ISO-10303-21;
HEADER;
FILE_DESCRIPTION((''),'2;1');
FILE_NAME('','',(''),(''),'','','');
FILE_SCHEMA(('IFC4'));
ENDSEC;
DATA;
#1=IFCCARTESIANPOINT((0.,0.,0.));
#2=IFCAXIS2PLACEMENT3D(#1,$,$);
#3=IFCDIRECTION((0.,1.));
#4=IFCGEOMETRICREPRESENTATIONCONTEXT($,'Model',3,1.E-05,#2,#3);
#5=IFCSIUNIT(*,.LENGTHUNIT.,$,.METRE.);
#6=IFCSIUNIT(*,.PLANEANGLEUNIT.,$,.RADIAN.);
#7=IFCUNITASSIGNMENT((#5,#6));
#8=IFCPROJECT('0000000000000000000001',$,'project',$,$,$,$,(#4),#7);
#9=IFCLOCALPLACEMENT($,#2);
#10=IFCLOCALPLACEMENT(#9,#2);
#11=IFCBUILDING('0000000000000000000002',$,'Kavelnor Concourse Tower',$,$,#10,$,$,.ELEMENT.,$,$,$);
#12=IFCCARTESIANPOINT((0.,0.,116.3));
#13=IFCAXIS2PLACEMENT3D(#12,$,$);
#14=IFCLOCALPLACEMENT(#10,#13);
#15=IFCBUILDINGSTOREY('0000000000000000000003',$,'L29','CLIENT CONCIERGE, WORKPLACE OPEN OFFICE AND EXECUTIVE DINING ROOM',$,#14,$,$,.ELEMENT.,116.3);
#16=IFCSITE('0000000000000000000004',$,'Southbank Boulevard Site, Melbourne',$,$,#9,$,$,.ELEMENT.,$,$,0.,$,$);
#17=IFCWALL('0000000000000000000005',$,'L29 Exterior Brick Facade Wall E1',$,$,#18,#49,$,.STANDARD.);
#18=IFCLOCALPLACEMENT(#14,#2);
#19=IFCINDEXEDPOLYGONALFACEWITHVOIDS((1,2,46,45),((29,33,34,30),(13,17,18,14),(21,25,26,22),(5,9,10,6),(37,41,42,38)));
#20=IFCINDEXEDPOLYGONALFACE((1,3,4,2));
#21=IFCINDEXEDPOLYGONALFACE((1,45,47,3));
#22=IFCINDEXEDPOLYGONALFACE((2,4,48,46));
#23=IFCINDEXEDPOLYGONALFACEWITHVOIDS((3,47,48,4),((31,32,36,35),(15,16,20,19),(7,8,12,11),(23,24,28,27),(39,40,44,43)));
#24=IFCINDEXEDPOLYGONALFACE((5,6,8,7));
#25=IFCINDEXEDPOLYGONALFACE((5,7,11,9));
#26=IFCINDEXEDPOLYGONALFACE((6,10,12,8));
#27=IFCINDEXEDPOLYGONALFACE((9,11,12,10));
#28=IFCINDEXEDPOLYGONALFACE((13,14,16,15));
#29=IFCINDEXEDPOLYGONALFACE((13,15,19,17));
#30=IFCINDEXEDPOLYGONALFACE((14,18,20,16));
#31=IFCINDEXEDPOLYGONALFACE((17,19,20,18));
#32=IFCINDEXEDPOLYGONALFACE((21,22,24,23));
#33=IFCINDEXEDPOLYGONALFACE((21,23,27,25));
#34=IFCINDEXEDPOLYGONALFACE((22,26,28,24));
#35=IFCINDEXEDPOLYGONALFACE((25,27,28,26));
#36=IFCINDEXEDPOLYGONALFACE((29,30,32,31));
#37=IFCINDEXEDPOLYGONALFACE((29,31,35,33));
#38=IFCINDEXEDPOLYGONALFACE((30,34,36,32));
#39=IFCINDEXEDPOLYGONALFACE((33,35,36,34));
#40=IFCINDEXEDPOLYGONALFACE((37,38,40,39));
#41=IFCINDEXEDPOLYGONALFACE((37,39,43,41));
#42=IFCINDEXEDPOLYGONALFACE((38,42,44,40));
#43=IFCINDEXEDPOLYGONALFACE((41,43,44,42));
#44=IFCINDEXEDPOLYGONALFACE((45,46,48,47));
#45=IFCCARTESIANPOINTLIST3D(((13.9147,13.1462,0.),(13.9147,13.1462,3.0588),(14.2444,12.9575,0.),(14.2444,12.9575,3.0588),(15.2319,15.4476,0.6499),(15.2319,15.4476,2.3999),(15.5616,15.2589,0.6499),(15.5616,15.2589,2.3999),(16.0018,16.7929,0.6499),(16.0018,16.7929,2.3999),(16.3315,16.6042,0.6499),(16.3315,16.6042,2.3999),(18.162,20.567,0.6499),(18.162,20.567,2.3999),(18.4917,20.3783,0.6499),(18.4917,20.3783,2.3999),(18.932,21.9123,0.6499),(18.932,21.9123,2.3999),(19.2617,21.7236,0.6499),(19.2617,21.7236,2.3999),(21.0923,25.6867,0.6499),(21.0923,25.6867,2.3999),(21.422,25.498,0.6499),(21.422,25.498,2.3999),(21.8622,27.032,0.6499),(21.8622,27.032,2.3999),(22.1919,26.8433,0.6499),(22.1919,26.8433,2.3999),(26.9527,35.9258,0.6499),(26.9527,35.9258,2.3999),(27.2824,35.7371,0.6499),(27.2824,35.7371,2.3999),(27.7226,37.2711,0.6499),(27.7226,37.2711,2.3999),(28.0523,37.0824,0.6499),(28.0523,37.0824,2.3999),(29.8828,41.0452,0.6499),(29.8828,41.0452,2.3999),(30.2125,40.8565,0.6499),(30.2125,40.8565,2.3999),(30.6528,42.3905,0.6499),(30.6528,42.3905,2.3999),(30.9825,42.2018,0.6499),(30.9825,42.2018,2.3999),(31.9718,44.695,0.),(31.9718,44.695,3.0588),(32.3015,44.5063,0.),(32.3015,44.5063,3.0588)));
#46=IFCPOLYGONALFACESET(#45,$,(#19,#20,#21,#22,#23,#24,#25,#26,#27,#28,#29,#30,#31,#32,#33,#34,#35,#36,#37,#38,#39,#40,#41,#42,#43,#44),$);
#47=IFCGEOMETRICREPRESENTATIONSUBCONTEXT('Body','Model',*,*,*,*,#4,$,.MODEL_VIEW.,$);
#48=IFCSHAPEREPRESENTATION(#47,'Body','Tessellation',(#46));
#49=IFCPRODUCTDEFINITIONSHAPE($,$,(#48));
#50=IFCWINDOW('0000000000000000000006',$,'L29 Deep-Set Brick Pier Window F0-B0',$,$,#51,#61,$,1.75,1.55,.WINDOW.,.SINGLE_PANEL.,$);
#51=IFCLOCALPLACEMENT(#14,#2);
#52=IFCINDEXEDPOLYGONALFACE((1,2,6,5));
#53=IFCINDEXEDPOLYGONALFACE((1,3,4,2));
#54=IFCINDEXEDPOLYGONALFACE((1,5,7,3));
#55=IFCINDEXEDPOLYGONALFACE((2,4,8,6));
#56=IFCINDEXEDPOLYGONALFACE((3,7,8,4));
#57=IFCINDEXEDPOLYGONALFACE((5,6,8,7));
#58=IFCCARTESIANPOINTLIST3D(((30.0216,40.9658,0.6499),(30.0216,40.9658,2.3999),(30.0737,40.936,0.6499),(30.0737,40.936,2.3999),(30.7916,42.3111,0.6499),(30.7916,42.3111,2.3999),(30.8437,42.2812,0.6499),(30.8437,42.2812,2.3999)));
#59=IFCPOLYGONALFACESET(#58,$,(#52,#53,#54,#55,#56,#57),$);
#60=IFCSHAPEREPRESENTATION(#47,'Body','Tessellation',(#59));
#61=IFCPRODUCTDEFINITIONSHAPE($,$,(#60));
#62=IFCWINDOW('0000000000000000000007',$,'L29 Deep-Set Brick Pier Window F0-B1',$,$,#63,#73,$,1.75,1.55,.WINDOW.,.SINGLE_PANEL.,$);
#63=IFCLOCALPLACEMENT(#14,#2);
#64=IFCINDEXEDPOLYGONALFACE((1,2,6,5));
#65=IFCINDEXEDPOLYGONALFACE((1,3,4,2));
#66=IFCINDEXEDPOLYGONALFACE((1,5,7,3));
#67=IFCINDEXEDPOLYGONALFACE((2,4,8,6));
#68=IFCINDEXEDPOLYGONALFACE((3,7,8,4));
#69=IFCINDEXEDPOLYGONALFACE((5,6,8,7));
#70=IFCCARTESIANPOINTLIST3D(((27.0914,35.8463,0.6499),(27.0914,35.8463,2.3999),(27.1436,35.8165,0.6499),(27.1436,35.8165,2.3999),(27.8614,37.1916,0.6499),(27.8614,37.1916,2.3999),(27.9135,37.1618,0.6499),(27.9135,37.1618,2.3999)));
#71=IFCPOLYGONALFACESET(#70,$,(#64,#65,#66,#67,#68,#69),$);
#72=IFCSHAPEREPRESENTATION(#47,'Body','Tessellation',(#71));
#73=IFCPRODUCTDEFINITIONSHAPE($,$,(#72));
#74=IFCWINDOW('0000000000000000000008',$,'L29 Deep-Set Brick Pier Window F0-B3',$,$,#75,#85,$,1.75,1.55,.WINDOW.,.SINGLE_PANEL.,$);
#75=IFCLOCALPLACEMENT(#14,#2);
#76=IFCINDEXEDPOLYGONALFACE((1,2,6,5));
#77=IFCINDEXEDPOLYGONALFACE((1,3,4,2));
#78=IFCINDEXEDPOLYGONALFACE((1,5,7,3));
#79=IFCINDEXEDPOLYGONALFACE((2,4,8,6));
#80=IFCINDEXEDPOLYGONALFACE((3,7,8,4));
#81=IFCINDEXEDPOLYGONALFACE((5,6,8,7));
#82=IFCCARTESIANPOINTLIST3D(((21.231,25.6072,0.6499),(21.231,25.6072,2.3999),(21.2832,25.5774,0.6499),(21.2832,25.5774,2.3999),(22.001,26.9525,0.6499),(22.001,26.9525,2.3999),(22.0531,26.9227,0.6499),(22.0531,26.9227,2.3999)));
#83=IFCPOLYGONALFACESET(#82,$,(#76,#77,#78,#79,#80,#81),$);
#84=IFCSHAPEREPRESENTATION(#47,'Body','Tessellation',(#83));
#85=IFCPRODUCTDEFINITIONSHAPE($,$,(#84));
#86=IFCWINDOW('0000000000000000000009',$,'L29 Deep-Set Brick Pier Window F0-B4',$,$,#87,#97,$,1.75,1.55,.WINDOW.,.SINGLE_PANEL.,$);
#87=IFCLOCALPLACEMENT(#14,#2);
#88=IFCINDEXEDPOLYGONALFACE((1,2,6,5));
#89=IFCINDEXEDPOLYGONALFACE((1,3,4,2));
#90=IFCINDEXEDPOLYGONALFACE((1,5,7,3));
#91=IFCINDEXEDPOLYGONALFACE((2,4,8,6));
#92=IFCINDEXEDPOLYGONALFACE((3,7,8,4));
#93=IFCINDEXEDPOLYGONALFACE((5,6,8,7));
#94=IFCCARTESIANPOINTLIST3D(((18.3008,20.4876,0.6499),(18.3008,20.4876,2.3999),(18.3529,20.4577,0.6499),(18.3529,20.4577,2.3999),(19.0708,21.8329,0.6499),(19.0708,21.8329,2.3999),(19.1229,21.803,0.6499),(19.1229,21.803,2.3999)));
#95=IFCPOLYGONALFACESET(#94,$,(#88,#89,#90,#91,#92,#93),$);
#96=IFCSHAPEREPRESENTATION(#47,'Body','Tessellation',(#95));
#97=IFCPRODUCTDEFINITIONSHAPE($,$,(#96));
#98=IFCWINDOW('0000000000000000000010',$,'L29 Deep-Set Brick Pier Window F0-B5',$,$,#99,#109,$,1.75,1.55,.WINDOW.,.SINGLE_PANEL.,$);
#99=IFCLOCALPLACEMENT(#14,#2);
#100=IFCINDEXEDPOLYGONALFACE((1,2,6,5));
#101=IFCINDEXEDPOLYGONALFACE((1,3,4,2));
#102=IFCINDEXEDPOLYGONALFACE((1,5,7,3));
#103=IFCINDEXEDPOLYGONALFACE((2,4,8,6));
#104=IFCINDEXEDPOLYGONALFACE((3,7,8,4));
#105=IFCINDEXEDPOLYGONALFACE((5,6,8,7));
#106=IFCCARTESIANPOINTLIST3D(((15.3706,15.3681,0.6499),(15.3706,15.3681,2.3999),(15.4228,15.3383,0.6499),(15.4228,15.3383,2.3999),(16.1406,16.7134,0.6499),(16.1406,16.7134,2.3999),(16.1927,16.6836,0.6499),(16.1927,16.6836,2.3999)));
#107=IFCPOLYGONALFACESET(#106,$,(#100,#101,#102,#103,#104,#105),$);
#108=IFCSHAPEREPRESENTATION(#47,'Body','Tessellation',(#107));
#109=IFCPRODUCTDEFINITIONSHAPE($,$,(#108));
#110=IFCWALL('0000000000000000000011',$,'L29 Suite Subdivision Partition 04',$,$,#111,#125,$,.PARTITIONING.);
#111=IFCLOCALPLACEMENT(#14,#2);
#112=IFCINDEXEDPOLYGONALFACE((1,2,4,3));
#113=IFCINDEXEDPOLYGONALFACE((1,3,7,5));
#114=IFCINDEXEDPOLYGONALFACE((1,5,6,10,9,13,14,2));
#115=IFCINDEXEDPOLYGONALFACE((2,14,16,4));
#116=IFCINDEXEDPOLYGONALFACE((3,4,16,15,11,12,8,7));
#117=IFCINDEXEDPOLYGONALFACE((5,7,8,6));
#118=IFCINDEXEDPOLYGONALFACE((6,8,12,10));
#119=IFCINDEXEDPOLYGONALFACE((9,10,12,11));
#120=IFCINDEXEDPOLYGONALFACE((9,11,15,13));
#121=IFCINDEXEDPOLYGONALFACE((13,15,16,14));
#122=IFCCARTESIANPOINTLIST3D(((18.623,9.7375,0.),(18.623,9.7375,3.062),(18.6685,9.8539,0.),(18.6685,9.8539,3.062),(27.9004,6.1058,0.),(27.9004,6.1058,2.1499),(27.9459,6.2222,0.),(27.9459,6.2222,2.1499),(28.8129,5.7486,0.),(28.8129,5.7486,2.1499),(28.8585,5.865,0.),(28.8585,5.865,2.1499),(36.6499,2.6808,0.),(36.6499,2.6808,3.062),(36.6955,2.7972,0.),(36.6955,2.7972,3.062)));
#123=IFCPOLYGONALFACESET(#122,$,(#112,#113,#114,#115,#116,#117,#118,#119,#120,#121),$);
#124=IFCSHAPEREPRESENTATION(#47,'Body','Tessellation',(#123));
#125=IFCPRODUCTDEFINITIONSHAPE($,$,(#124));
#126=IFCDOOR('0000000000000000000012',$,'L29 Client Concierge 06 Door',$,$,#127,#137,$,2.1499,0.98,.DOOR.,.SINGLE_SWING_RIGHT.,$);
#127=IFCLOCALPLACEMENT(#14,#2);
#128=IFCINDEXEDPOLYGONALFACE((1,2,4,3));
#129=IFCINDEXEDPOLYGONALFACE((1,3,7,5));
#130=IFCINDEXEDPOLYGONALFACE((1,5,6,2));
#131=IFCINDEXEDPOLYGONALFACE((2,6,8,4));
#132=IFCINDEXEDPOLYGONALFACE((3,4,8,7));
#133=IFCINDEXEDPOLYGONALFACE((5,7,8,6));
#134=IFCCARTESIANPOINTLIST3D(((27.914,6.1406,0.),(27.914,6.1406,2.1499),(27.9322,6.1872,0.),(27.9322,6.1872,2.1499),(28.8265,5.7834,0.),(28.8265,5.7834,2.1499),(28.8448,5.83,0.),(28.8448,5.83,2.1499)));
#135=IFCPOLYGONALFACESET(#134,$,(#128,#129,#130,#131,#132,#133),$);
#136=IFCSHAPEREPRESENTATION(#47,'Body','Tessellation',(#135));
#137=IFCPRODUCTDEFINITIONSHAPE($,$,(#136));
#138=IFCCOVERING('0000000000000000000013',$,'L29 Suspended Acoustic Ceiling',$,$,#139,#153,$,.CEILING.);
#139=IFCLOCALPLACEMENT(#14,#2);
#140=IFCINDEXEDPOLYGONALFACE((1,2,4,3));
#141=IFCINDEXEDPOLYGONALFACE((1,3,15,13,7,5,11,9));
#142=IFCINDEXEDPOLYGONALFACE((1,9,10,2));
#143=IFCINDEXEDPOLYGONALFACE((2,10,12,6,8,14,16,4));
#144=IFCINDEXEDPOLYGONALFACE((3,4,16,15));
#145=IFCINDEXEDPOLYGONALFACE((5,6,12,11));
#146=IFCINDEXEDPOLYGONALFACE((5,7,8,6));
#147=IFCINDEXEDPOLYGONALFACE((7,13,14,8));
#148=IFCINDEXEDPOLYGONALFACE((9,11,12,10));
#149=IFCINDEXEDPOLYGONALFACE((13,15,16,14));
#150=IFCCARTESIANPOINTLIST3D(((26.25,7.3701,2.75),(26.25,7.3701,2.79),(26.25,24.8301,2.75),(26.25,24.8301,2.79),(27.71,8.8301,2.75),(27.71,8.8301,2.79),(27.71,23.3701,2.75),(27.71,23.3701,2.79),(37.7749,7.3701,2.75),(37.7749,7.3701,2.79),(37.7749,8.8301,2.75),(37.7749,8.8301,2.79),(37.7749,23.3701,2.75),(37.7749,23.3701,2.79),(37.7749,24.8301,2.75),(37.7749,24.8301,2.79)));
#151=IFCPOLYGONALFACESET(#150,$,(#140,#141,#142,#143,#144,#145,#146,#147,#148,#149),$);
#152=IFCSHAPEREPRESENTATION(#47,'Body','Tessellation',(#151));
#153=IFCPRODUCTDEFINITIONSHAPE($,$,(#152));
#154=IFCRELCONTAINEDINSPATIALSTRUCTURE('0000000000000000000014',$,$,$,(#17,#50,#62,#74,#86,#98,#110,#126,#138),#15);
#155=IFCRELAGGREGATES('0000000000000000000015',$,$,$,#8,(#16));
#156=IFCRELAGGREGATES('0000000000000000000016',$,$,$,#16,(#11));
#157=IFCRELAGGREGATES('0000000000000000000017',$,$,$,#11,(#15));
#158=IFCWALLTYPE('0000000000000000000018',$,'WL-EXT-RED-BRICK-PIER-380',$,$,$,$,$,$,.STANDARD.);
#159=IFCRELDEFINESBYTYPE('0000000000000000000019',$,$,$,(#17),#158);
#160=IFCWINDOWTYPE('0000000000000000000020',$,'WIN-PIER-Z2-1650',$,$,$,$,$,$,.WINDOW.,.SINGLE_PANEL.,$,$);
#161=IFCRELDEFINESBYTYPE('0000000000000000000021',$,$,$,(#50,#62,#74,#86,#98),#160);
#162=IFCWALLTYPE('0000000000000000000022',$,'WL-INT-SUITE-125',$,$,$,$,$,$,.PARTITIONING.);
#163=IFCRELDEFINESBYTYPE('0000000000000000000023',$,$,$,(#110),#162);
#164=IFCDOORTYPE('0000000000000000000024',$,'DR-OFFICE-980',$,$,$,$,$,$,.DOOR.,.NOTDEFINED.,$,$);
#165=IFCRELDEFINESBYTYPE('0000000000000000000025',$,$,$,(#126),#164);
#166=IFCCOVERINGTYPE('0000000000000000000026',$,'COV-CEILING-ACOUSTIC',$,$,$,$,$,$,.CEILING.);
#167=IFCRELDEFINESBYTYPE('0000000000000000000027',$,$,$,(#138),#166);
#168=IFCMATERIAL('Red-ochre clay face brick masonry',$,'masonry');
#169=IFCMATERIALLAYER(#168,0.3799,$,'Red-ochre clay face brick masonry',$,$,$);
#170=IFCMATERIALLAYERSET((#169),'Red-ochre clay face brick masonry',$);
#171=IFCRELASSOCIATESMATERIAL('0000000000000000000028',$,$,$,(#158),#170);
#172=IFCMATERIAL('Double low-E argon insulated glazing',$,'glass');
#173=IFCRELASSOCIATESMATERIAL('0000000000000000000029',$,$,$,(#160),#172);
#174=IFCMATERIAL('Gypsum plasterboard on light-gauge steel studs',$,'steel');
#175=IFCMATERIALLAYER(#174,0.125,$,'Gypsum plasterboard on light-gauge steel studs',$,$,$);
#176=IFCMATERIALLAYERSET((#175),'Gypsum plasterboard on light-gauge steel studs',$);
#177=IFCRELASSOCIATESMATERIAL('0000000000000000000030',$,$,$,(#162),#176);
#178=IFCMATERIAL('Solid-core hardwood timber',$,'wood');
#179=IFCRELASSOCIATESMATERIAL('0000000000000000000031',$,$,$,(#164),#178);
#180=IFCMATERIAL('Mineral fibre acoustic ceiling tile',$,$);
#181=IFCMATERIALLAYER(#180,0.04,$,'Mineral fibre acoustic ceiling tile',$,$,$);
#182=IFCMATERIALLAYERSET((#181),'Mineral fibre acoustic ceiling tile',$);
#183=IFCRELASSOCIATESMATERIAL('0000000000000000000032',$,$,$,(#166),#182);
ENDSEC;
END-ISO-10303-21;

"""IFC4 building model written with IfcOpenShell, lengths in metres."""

from ifc_helpers import new_model, si_unit, direction, frame, frame_2d, origin, place, context, subcontext, project, spatial, polyline, rectangle, outline, extrude, material, layer, layer_set, type_object, element, fill, save


model = new_model("IFC4")

# Units and contexts
model_context = context("Model", 3, precision=1e-05, world=origin(), true_north=direction((0.0, 1.0)))
body_context = subcontext(model_context, "Body", "Model", "MODEL_VIEW")
ifc_project = project(units=[si_unit("LENGTHUNIT", "METRE"), si_unit("PLANEANGLEUNIT", "RADIAN")], contexts=[model_context])

# Site, building, storey
site_placement = place(None, origin())
site = spatial("IfcSite", under=ifc_project, at=site_placement, Name="Southbank Boulevard Site, Melbourne", CompositionType="ELEMENT", RefElevation=0.0)
building_placement = place(site_placement, origin())
building = spatial("IfcBuilding", under=site, at=building_placement, Name="Kavelnor Concourse Tower", CompositionType="ELEMENT")
storey_placement = place(building_placement, frame((0.0, 0.0, 116.3)))
storey = spatial("IfcBuildingStorey", under=building, at=storey_placement, Name="L29", Description="CLIENT CONCIERGE, WORKPLACE OPEN OFFICE AND EXECUTIVE DINING ROOM", CompositionType="ELEMENT", Elevation=116.3)

# Wall, openings, windows
ifc_material_1 = material(Name="Red-ochre clay face brick masonry", Category="masonry")
ifc_layer_1 = layer(ifc_material_1, 0.3799, Name="Red-ochre clay face brick masonry")
ifc_layer_set_1 = layer_set([ifc_layer_1], Name="Red-ochre clay face brick masonry")
wall_type_1 = type_object("IfcWallType", Name="WL-EXT-RED-BRICK-PIER-380", PredefinedType="STANDARD", material=ifc_layer_set_1)
wall_1_placement = place(storey_placement, frame((14.0796, 13.052, 0.0), z_axis=(0.0, 0.0, 1.0), x_axis=(0.496745, 0.867897, 0.0)))
wall_1 = element("IfcWall", 1, at=wall_1_placement, inside=storey, type_object=wall_type_1, Name="L29 Exterior Brick Facade Wall E1", PredefinedType="STANDARD", context=body_context, shape_type="SweptSolid", body=[
    extrude(rectangle(XDim=36.3508, YDim=0.3799, at=frame_2d((18.1753, 0.0))), origin(), (0.0, 0.0, 1.0), 3.0588),
])
opening_1_placement = place(wall_1_placement, frame((32.1455, 0.0, 0.6499)))
opening_1 = element("IfcOpeningElement", 2, at=opening_1_placement, cuts=wall_1, PredefinedType="OPENING", context=body_context, shape_type="SweptSolid", body=[
    extrude(rectangle(XDim=1.55, YDim=1.75, at=frame_2d((0.7749, 0.875))), frame((0.0, 0.2, 0.0), z_axis=(0.0, -1.0, 0.0), x_axis=(1.0, 0.0, 0.0)), (0.0, 0.0, 1.0), 0.3999),
])
opening_2_placement = place(wall_1_placement, frame((26.2468, 0.0, 0.6499)))
opening_2 = element("IfcOpeningElement", 3, at=opening_2_placement, cuts=wall_1, PredefinedType="OPENING", context=body_context, shape_type="SweptSolid", body=[
    extrude(rectangle(XDim=1.55, YDim=1.75, at=frame_2d((0.7749, 0.875))), frame((0.0, 0.2, 0.0), z_axis=(0.0, -1.0, 0.0), x_axis=(1.0, 0.0, 0.0)), (0.0, 0.0, 1.0), 0.3999),
])
opening_3_placement = place(wall_1_placement, frame((14.4492, 0.0, 0.6499)))
opening_3 = element("IfcOpeningElement", 4, at=opening_3_placement, cuts=wall_1, PredefinedType="OPENING", context=body_context, shape_type="SweptSolid", body=[
    extrude(rectangle(XDim=1.55, YDim=1.75, at=frame_2d((0.7749, 0.875))), frame((0.0, 0.2, 0.0), z_axis=(0.0, -1.0, 0.0), x_axis=(1.0, 0.0, 0.0)), (0.0, 0.0, 1.0), 0.3999),
])
opening_4_placement = place(wall_1_placement, frame((8.5503, 0.0, 0.6499)))
opening_4 = element("IfcOpeningElement", 5, at=opening_4_placement, cuts=wall_1, PredefinedType="OPENING", context=body_context, shape_type="SweptSolid", body=[
    extrude(rectangle(XDim=1.55, YDim=1.75, at=frame_2d((0.7749, 0.875))), frame((0.0, 0.2, 0.0), z_axis=(0.0, -1.0, 0.0), x_axis=(1.0, 0.0, 0.0)), (0.0, 0.0, 1.0), 0.3999),
])
opening_5_placement = place(wall_1_placement, frame((2.6516, 0.0, 0.6499)))
opening_5 = element("IfcOpeningElement", 6, at=opening_5_placement, cuts=wall_1, PredefinedType="OPENING", context=body_context, shape_type="SweptSolid", body=[
    extrude(rectangle(XDim=1.55, YDim=1.75, at=frame_2d((0.7749, 0.875))), frame((0.0, 0.2, 0.0), z_axis=(0.0, -1.0, 0.0), x_axis=(1.0, 0.0, 0.0)), (0.0, 0.0, 1.0), 0.3999),
])
ifc_material_2 = material(Name="Double low-E argon insulated glazing", Category="glass")
window_type = type_object("IfcWindowType", Name="WIN-PIER-Z2-1650", PartitioningType="SINGLE_PANEL", PredefinedType="WINDOW", material=ifc_material_2)
window_1_placement = place(opening_1_placement, origin())
window_1 = element("IfcWindow", 7, at=window_1_placement, inside=storey, type_object=window_type, Name="L29 Deep-Set Brick Pier Window F0-B0", OverallHeight=1.75, OverallWidth=1.55, PartitioningType="SINGLE_PANEL", PredefinedType="WINDOW", context=body_context, shape_type="SweptSolid", body=[
    extrude(rectangle(XDim=1.55, YDim=1.75, at=frame_2d((0.7749, 0.875))), frame((0.0, 0.03, 0.0), z_axis=(0.0, -1.0, 0.0), x_axis=(1.0, 0.0, 0.0)), (0.0, 0.0, 1.0), 0.0601),
])
fill(opening_1, window_1)
window_2_placement = place(opening_2_placement, origin())
window_2 = element("IfcWindow", 8, at=window_2_placement, inside=storey, type_object=window_type, Name="L29 Deep-Set Brick Pier Window F0-B1", OverallHeight=1.75, OverallWidth=1.55, PartitioningType="SINGLE_PANEL", PredefinedType="WINDOW", context=body_context, shape_type="SweptSolid", body=[
    extrude(rectangle(XDim=1.55, YDim=1.75, at=frame_2d((0.7749, 0.875))), frame((0.0, 0.03, 0.0), z_axis=(0.0, -1.0, 0.0), x_axis=(1.0, 0.0, 0.0)), (0.0, 0.0, 1.0), 0.0601),
])
fill(opening_2, window_2)
window_3_placement = place(opening_3_placement, origin())
window_3 = element("IfcWindow", 9, at=window_3_placement, inside=storey, type_object=window_type, Name="L29 Deep-Set Brick Pier Window F0-B3", OverallHeight=1.75, OverallWidth=1.55, PartitioningType="SINGLE_PANEL", PredefinedType="WINDOW", context=body_context, shape_type="SweptSolid", body=[
    extrude(rectangle(XDim=1.55, YDim=1.75, at=frame_2d((0.7749, 0.875))), frame((0.0, 0.03, 0.0), z_axis=(0.0, -1.0, 0.0), x_axis=(1.0, 0.0, 0.0)), (0.0, 0.0, 1.0), 0.0601),
])
fill(opening_3, window_3)
window_4_placement = place(opening_4_placement, origin())
window_4 = element("IfcWindow", 10, at=window_4_placement, inside=storey, type_object=window_type, Name="L29 Deep-Set Brick Pier Window F0-B4", OverallHeight=1.75, OverallWidth=1.55, PartitioningType="SINGLE_PANEL", PredefinedType="WINDOW", context=body_context, shape_type="SweptSolid", body=[
    extrude(rectangle(XDim=1.55, YDim=1.75, at=frame_2d((0.7749, 0.875))), frame((0.0, 0.03, 0.0), z_axis=(0.0, -1.0, 0.0), x_axis=(1.0, 0.0, 0.0)), (0.0, 0.0, 1.0), 0.0601),
])
fill(opening_4, window_4)
window_5_placement = place(opening_5_placement, origin())
window_5 = element("IfcWindow", 11, at=window_5_placement, inside=storey, type_object=window_type, Name="L29 Deep-Set Brick Pier Window F0-B5", OverallHeight=1.75, OverallWidth=1.55, PartitioningType="SINGLE_PANEL", PredefinedType="WINDOW", context=body_context, shape_type="SweptSolid", body=[
    extrude(rectangle(XDim=1.55, YDim=1.75, at=frame_2d((0.7749, 0.875))), frame((0.0, 0.03, 0.0), z_axis=(0.0, -1.0, 0.0), x_axis=(1.0, 0.0, 0.0)), (0.0, 0.0, 1.0), 0.0601),
])
fill(opening_5, window_5)

# Wall, opening, door
ifc_material_3 = material(Name="Gypsum plasterboard on light-gauge steel studs", Category="steel")
ifc_layer_2 = layer(ifc_material_3, 0.125, Name="Gypsum plasterboard on light-gauge steel studs")
ifc_layer_set_2 = layer_set([ifc_layer_2], Name="Gypsum plasterboard on light-gauge steel studs")
wall_type_2 = type_object("IfcWallType", Name="WL-INT-SUITE-125", PredefinedType="PARTITIONING", material=ifc_layer_set_2)
wall_2_placement = place(storey_placement, frame((18.6458, 9.7957, 0.0), z_axis=(0.0, 0.0, 1.0), x_axis=(0.931196, -0.364518, 0.0)))
wall_2 = element("IfcWall", 12, at=wall_2_placement, inside=storey, type_object=wall_type_2, Name="L29 Suite Subdivision Partition 04", PredefinedType="PARTITIONING", context=body_context, shape_type="SweptSolid", body=[
    extrude(rectangle(XDim=19.3589, YDim=0.125, at=frame_2d((9.6794, 0.0))), origin(), (0.0, 0.0, 1.0), 3.062),
])
opening_6_placement = place(wall_2_placement, frame((9.9629, 0.0, 0.0)))
opening_6 = element("IfcOpeningElement", 13, at=opening_6_placement, cuts=wall_2, PredefinedType="OPENING", context=body_context, shape_type="SweptSolid", body=[
    extrude(rectangle(XDim=0.98, YDim=2.1499, at=frame_2d((0.49, 1.075))), frame((0.0, 0.0725, 0.0), z_axis=(0.0, -1.0, 0.0), x_axis=(1.0, 0.0, 0.0)), (0.0, 0.0, 1.0), 0.145),
])
ifc_material_4 = material(Name="Solid-core hardwood timber", Category="wood")
door_type = type_object("IfcDoorType", Name="DR-OFFICE-980", OperationType="NOTDEFINED", PredefinedType="DOOR", material=ifc_material_4)
door_placement = place(opening_6_placement, origin())
door = element("IfcDoor", 14, at=door_placement, inside=storey, type_object=door_type, Name="L29 Client Concierge 06 Door", OperationType="SINGLE_SWING_RIGHT", OverallHeight=2.1499, OverallWidth=0.98, PredefinedType="DOOR", context=body_context, shape_type="SweptSolid", body=[
    extrude(rectangle(XDim=0.98, YDim=2.1499, at=frame_2d((0.49, 1.075))), frame((0.0, 0.0249, 0.0), z_axis=(0.0, -1.0, 0.0), x_axis=(1.0, 0.0, 0.0)), (0.0, 0.0, 1.0), 0.05),
])
fill(opening_6, door)

# Covering
ifc_material_5 = material(Name="Mineral fibre acoustic ceiling tile")
ifc_layer_3 = layer(ifc_material_5, 0.04, Name="Mineral fibre acoustic ceiling tile")
ifc_layer_set_3 = layer_set([ifc_layer_3], Name="Mineral fibre acoustic ceiling tile")
covering_type = type_object("IfcCoveringType", Name="COV-CEILING-ACOUSTIC", PredefinedType="CEILING", material=ifc_layer_set_3)
covering_1_placement = place(storey_placement, frame((0.0, 0.0, 2.75)))
element("IfcCovering", 15, at=covering_1_placement, inside=storey, type_object=covering_type, Name="L29 Suspended Acoustic Ceiling", PredefinedType="CEILING", context=body_context, shape_type="SweptSolid", body=[
    extrude(outline(polyline([(26.25, 7.3701), (26.25, 24.8301), (37.7749, 24.8301), (37.7749, 23.3701), (27.71, 23.3701), (27.71, 8.8301), (37.7749, 8.8301), (37.7749, 7.3701), (26.25, 7.3701)])), origin(), (0.0, 0.0, 1.0), 0.04),
])

save(model, "model.ifc")
